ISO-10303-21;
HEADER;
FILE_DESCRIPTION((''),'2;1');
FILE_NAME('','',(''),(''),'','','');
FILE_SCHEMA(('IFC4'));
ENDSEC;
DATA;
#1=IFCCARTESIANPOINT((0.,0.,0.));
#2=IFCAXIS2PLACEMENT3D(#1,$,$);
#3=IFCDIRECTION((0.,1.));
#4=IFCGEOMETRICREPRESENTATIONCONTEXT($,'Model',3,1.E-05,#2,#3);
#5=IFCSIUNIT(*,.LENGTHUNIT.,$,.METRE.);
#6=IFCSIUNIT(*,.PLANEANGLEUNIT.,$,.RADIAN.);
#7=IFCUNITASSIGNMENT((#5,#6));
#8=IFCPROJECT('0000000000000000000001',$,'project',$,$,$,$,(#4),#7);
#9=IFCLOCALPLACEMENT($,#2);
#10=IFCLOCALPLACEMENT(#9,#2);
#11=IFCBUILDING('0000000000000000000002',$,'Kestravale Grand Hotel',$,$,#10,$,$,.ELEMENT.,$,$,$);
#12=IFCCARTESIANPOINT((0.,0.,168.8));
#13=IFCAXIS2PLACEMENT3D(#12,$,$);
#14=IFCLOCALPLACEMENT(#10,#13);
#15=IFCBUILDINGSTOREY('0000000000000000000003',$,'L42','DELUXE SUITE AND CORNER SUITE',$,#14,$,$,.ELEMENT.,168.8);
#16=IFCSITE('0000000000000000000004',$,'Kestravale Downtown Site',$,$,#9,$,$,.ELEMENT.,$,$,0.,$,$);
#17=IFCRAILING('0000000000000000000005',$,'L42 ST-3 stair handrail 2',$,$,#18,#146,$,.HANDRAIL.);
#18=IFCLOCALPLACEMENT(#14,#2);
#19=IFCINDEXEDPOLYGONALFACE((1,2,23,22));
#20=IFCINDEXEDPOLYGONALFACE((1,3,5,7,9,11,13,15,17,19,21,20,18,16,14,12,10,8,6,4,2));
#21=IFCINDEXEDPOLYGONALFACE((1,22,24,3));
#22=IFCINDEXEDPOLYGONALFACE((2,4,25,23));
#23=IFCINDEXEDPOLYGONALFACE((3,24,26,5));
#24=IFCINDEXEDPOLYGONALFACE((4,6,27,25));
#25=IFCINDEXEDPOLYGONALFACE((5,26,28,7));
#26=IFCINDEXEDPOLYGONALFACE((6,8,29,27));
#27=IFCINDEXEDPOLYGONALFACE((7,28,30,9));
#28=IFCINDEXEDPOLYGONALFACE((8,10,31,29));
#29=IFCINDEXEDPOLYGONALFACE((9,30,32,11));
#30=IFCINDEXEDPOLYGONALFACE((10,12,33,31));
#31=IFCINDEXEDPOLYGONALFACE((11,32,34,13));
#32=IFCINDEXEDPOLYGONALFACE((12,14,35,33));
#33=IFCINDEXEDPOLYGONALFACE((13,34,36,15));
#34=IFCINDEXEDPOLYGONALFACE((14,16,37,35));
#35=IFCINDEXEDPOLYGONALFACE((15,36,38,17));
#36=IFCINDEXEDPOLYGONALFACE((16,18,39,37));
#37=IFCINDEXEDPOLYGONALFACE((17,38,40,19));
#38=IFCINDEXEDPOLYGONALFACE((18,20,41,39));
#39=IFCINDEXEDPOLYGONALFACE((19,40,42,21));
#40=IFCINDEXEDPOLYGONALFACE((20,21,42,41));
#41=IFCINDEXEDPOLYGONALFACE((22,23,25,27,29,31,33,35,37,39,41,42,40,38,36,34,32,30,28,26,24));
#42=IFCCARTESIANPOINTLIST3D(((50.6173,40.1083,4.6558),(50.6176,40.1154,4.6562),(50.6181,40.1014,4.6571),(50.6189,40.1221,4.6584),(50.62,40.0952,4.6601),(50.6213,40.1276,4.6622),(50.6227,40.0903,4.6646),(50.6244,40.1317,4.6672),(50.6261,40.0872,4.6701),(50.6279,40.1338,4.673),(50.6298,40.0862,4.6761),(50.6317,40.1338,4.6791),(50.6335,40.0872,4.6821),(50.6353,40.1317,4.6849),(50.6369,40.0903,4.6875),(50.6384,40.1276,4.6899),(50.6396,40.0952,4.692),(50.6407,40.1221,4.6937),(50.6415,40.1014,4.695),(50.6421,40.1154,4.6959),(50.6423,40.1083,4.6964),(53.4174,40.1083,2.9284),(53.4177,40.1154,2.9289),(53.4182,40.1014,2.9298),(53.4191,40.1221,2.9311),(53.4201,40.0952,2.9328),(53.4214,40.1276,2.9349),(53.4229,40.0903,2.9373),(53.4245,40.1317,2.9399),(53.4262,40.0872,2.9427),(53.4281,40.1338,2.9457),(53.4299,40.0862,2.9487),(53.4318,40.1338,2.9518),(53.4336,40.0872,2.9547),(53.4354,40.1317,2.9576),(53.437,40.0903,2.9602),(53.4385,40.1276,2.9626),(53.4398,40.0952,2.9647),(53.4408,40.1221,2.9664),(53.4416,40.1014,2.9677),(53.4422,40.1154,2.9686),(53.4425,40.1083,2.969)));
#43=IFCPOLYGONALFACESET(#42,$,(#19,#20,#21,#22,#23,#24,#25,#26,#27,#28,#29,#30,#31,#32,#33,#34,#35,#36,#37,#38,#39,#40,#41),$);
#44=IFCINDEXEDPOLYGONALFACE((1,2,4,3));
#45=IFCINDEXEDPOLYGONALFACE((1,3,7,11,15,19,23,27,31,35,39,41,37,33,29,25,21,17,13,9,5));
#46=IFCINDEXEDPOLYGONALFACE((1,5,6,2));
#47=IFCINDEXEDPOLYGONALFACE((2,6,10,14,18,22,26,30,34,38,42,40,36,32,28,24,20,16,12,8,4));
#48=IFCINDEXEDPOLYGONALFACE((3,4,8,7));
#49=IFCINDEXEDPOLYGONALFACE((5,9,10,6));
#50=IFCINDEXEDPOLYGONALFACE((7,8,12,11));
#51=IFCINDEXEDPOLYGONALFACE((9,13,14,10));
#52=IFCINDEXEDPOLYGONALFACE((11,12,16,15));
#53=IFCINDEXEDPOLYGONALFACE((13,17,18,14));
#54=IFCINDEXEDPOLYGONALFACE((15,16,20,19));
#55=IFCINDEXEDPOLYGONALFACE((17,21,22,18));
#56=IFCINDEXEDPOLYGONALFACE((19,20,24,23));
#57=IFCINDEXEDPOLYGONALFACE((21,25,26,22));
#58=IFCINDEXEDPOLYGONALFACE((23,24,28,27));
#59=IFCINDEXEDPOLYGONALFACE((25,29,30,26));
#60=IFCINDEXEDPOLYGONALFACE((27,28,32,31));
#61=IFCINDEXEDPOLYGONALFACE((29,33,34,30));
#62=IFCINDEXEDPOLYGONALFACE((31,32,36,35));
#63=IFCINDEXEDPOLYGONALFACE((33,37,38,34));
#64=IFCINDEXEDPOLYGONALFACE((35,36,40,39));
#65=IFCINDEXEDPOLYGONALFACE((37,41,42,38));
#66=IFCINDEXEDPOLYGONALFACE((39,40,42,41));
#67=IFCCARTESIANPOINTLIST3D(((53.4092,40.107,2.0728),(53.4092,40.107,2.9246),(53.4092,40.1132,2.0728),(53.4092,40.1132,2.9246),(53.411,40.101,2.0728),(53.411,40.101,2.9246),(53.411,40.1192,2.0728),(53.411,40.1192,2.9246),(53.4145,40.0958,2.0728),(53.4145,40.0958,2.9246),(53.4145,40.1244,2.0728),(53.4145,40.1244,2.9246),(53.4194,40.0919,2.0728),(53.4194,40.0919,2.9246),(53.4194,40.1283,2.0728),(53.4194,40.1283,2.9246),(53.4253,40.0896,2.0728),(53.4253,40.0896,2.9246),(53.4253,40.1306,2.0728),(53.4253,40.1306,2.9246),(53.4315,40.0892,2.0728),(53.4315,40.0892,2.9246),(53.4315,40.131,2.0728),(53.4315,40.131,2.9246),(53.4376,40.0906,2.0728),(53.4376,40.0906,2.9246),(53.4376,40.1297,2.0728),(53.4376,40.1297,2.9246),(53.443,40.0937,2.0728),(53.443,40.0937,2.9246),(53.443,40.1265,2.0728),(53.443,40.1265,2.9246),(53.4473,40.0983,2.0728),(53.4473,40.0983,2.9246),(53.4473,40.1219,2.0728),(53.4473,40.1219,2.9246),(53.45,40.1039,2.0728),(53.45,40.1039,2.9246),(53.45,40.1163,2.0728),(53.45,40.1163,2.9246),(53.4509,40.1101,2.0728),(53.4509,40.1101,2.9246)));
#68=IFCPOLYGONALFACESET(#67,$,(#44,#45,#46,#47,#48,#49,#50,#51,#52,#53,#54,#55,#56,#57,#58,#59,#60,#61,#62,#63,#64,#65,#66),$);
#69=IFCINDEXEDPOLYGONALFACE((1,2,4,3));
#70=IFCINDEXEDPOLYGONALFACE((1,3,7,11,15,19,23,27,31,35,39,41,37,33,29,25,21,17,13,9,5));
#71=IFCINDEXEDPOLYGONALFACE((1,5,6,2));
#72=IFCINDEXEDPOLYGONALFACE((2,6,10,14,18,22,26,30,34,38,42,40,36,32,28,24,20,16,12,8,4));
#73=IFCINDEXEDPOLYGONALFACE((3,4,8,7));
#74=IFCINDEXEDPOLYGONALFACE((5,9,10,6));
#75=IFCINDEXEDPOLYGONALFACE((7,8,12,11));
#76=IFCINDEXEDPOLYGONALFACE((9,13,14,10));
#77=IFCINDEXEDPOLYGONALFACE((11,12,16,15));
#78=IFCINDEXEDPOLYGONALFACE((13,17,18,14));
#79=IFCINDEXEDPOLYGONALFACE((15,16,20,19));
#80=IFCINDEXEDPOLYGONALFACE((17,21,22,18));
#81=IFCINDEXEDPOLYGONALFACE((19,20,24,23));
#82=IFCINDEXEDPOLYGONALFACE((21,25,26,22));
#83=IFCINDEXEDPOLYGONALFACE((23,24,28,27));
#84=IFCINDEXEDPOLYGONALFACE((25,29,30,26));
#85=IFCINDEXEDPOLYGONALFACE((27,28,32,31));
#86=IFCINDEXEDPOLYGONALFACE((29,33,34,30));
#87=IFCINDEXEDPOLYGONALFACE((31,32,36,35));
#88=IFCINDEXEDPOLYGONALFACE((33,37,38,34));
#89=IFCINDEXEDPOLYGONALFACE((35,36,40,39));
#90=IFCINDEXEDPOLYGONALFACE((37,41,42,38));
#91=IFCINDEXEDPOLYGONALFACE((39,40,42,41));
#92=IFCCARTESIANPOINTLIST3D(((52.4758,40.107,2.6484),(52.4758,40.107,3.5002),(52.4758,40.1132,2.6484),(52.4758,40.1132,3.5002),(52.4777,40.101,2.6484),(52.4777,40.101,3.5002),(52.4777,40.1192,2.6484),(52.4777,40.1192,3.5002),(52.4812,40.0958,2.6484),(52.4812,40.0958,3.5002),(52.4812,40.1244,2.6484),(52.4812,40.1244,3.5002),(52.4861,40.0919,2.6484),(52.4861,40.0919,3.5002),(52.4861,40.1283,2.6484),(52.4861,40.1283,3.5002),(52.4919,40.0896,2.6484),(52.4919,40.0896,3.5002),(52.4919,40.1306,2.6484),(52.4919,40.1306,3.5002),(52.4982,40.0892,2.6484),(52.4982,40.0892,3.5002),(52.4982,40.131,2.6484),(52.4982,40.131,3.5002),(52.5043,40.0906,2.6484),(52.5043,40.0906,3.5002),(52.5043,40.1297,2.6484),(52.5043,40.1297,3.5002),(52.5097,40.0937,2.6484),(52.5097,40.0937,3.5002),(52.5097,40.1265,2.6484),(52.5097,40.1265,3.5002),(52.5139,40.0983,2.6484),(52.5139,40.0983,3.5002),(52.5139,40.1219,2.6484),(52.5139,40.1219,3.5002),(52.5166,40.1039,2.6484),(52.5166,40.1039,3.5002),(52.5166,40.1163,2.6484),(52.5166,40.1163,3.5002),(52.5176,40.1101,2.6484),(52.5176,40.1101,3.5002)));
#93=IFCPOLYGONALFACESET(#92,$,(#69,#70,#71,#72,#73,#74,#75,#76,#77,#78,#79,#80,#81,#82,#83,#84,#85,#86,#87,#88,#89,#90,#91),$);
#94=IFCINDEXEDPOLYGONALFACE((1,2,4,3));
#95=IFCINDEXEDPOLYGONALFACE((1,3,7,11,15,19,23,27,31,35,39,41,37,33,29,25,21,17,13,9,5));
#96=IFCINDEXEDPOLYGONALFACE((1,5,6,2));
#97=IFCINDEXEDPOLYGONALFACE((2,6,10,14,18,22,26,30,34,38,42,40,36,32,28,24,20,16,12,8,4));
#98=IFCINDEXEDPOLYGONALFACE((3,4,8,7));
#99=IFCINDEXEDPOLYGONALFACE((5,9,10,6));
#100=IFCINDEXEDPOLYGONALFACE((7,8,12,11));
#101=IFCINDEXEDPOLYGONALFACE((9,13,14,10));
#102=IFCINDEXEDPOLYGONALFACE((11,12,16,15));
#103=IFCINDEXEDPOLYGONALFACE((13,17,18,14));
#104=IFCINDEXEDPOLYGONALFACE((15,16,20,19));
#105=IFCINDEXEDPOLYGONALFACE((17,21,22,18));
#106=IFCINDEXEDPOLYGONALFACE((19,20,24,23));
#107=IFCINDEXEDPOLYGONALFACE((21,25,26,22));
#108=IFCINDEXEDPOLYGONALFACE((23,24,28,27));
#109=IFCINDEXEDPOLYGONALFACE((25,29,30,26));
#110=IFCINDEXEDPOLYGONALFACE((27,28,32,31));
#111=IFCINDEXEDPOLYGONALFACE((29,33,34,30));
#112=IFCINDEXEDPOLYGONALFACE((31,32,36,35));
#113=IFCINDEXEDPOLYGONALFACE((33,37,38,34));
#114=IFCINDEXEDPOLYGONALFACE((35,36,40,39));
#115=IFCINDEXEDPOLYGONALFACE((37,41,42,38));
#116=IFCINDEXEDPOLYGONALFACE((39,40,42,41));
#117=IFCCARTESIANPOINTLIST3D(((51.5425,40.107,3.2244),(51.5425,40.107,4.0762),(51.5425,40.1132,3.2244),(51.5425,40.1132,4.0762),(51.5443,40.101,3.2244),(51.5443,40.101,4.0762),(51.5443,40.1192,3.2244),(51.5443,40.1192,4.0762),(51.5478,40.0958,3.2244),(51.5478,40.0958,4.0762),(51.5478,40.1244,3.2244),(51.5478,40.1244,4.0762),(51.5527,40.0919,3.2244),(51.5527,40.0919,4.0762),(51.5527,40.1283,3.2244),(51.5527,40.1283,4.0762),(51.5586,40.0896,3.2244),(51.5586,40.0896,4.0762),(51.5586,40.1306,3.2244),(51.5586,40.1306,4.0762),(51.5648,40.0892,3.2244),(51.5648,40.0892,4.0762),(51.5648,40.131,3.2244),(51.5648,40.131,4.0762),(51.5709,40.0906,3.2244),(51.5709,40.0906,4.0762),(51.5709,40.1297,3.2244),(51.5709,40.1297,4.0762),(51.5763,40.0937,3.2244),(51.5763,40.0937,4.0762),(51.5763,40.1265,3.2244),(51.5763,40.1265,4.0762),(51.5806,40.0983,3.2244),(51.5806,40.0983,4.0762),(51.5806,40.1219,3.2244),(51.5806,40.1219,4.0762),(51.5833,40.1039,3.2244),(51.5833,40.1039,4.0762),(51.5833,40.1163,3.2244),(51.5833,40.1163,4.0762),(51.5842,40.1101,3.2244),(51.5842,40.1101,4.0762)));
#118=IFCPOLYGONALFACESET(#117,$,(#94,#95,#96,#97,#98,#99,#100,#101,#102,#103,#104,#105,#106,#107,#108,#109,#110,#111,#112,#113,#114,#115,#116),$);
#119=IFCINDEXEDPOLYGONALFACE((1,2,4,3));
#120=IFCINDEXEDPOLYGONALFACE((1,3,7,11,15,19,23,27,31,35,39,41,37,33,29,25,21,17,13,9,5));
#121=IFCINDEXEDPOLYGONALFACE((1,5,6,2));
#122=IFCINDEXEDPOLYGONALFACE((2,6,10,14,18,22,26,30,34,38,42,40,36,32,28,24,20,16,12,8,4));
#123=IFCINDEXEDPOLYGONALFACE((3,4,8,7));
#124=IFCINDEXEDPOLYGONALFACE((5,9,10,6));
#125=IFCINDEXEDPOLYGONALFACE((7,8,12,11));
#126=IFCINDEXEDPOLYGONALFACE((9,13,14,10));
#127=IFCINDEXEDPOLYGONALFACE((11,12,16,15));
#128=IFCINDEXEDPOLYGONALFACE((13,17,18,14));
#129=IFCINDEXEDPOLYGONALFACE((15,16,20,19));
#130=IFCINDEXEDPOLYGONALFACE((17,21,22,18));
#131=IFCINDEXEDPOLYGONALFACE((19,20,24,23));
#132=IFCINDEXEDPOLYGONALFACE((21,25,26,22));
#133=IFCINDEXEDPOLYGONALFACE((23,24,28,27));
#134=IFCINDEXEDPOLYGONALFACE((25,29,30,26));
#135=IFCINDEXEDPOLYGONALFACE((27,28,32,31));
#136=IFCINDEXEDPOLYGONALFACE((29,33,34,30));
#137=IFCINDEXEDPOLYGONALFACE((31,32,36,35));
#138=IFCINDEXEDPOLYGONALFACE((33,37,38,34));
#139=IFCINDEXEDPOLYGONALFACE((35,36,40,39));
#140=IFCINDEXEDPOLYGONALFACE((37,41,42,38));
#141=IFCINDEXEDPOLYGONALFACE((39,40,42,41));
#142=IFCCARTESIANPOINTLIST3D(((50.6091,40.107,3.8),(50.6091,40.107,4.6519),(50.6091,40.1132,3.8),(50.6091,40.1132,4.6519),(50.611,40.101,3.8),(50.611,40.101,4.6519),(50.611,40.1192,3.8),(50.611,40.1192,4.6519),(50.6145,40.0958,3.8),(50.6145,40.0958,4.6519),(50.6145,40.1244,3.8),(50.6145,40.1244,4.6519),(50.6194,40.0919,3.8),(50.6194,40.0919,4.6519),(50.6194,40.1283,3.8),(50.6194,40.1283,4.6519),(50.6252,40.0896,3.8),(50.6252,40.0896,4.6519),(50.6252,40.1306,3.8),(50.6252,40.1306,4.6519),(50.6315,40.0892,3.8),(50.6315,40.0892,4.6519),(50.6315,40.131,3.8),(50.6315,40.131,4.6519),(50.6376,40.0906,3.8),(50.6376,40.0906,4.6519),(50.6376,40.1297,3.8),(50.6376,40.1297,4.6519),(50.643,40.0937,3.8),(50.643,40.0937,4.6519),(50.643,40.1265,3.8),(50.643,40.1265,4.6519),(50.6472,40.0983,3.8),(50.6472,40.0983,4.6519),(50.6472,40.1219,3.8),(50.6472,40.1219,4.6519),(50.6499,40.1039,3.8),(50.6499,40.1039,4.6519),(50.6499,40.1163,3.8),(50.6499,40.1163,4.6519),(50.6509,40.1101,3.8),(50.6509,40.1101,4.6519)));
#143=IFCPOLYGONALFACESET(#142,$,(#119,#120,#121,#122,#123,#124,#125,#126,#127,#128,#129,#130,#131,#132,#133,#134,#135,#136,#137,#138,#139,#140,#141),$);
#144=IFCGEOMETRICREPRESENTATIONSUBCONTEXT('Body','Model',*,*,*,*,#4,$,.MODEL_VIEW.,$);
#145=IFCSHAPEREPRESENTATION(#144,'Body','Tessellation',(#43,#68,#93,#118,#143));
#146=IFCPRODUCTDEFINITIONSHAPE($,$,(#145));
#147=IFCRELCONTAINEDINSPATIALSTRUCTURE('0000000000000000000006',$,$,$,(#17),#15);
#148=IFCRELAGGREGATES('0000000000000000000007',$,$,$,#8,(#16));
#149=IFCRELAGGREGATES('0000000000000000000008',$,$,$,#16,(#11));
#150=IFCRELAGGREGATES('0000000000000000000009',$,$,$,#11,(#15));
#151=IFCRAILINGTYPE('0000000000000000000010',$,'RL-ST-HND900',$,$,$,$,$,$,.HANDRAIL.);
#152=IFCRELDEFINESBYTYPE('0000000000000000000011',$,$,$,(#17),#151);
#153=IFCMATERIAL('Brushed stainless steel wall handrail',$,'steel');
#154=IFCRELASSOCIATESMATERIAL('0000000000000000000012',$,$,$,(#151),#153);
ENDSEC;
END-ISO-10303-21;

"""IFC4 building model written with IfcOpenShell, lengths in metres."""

from ifc_helpers import new_model, si_unit, direction, frame, origin, origin_2d, place, context, subcontext, project, spatial, circle, extrude, material, type_object, element, save


model = new_model("IFC4")

# Units and contexts
model_context = context("Model", 3, precision=1e-05, world=origin(), true_north=direction((0.0, 1.0)))
body_context = subcontext(model_context, "Body", "Model", "MODEL_VIEW")
ifc_project = project(units=[si_unit("LENGTHUNIT", "METRE"), si_unit("PLANEANGLEUNIT", "RADIAN")], contexts=[model_context])

# Site, building, storey
site_placement = place(None, origin())
site = spatial("IfcSite", under=ifc_project, at=site_placement, Name="Kestravale Downtown Site", CompositionType="ELEMENT", RefElevation=0.0)
building_placement = place(site_placement, origin())
building = spatial("IfcBuilding", under=site, at=building_placement, Name="Kestravale Grand Hotel", CompositionType="ELEMENT")
storey_placement = place(building_placement, frame((0.0, 0.0, 168.8)))
storey = spatial("IfcBuildingStorey", under=building, at=storey_placement, Name="L42", Description="DELUXE SUITE AND CORNER SUITE", CompositionType="ELEMENT", Elevation=168.8)

# Railing
ifc_material_1 = material(Name="Brushed stainless steel wall handrail", Category="steel")
railing_type_1 = type_object("IfcRailingType", Name="RL-ST-HND900", PredefinedType="HANDRAIL", material=ifc_material_1)
railing_1_placement = place(storey_placement, frame((53.4299, 40.1101, 2.0728)))
element("IfcRailing", 1, at=railing_1_placement, inside=storey, type_object=railing_type_1, Name="L42 ST-3 stair handrail 2", PredefinedType="HANDRAIL", context=body_context, shape_type="SweptSolid", body=[
    extrude(circle(Radius=0.0239, at=origin_2d()), frame((0.0, 0.0, 0.876), z_axis=(-0.85109, 0.0, 0.52502), x_axis=(0.0, -1.0, 0.0)), (0.0, 0.0, 1.0), 3.29),
    extrude(circle(Radius=0.021, at=origin_2d()), origin(), (0.0, 0.0, 1.0), 0.8518),
    extrude(circle(Radius=0.021, at=origin_2d()), frame((-0.9333, 0.0, 0.5757)), (0.0, 0.0, 1.0), 0.8518),
    extrude(circle(Radius=0.021, at=origin_2d()), frame((-1.8667, 0.0, 1.1516)), (0.0, 0.0, 1.0), 0.8518),
    extrude(circle(Radius=0.021, at=origin_2d()), frame((-2.8, 0.0, 1.7273)), (0.0, 0.0, 1.0), 0.8518),
])

save(model, "model.ifc")
